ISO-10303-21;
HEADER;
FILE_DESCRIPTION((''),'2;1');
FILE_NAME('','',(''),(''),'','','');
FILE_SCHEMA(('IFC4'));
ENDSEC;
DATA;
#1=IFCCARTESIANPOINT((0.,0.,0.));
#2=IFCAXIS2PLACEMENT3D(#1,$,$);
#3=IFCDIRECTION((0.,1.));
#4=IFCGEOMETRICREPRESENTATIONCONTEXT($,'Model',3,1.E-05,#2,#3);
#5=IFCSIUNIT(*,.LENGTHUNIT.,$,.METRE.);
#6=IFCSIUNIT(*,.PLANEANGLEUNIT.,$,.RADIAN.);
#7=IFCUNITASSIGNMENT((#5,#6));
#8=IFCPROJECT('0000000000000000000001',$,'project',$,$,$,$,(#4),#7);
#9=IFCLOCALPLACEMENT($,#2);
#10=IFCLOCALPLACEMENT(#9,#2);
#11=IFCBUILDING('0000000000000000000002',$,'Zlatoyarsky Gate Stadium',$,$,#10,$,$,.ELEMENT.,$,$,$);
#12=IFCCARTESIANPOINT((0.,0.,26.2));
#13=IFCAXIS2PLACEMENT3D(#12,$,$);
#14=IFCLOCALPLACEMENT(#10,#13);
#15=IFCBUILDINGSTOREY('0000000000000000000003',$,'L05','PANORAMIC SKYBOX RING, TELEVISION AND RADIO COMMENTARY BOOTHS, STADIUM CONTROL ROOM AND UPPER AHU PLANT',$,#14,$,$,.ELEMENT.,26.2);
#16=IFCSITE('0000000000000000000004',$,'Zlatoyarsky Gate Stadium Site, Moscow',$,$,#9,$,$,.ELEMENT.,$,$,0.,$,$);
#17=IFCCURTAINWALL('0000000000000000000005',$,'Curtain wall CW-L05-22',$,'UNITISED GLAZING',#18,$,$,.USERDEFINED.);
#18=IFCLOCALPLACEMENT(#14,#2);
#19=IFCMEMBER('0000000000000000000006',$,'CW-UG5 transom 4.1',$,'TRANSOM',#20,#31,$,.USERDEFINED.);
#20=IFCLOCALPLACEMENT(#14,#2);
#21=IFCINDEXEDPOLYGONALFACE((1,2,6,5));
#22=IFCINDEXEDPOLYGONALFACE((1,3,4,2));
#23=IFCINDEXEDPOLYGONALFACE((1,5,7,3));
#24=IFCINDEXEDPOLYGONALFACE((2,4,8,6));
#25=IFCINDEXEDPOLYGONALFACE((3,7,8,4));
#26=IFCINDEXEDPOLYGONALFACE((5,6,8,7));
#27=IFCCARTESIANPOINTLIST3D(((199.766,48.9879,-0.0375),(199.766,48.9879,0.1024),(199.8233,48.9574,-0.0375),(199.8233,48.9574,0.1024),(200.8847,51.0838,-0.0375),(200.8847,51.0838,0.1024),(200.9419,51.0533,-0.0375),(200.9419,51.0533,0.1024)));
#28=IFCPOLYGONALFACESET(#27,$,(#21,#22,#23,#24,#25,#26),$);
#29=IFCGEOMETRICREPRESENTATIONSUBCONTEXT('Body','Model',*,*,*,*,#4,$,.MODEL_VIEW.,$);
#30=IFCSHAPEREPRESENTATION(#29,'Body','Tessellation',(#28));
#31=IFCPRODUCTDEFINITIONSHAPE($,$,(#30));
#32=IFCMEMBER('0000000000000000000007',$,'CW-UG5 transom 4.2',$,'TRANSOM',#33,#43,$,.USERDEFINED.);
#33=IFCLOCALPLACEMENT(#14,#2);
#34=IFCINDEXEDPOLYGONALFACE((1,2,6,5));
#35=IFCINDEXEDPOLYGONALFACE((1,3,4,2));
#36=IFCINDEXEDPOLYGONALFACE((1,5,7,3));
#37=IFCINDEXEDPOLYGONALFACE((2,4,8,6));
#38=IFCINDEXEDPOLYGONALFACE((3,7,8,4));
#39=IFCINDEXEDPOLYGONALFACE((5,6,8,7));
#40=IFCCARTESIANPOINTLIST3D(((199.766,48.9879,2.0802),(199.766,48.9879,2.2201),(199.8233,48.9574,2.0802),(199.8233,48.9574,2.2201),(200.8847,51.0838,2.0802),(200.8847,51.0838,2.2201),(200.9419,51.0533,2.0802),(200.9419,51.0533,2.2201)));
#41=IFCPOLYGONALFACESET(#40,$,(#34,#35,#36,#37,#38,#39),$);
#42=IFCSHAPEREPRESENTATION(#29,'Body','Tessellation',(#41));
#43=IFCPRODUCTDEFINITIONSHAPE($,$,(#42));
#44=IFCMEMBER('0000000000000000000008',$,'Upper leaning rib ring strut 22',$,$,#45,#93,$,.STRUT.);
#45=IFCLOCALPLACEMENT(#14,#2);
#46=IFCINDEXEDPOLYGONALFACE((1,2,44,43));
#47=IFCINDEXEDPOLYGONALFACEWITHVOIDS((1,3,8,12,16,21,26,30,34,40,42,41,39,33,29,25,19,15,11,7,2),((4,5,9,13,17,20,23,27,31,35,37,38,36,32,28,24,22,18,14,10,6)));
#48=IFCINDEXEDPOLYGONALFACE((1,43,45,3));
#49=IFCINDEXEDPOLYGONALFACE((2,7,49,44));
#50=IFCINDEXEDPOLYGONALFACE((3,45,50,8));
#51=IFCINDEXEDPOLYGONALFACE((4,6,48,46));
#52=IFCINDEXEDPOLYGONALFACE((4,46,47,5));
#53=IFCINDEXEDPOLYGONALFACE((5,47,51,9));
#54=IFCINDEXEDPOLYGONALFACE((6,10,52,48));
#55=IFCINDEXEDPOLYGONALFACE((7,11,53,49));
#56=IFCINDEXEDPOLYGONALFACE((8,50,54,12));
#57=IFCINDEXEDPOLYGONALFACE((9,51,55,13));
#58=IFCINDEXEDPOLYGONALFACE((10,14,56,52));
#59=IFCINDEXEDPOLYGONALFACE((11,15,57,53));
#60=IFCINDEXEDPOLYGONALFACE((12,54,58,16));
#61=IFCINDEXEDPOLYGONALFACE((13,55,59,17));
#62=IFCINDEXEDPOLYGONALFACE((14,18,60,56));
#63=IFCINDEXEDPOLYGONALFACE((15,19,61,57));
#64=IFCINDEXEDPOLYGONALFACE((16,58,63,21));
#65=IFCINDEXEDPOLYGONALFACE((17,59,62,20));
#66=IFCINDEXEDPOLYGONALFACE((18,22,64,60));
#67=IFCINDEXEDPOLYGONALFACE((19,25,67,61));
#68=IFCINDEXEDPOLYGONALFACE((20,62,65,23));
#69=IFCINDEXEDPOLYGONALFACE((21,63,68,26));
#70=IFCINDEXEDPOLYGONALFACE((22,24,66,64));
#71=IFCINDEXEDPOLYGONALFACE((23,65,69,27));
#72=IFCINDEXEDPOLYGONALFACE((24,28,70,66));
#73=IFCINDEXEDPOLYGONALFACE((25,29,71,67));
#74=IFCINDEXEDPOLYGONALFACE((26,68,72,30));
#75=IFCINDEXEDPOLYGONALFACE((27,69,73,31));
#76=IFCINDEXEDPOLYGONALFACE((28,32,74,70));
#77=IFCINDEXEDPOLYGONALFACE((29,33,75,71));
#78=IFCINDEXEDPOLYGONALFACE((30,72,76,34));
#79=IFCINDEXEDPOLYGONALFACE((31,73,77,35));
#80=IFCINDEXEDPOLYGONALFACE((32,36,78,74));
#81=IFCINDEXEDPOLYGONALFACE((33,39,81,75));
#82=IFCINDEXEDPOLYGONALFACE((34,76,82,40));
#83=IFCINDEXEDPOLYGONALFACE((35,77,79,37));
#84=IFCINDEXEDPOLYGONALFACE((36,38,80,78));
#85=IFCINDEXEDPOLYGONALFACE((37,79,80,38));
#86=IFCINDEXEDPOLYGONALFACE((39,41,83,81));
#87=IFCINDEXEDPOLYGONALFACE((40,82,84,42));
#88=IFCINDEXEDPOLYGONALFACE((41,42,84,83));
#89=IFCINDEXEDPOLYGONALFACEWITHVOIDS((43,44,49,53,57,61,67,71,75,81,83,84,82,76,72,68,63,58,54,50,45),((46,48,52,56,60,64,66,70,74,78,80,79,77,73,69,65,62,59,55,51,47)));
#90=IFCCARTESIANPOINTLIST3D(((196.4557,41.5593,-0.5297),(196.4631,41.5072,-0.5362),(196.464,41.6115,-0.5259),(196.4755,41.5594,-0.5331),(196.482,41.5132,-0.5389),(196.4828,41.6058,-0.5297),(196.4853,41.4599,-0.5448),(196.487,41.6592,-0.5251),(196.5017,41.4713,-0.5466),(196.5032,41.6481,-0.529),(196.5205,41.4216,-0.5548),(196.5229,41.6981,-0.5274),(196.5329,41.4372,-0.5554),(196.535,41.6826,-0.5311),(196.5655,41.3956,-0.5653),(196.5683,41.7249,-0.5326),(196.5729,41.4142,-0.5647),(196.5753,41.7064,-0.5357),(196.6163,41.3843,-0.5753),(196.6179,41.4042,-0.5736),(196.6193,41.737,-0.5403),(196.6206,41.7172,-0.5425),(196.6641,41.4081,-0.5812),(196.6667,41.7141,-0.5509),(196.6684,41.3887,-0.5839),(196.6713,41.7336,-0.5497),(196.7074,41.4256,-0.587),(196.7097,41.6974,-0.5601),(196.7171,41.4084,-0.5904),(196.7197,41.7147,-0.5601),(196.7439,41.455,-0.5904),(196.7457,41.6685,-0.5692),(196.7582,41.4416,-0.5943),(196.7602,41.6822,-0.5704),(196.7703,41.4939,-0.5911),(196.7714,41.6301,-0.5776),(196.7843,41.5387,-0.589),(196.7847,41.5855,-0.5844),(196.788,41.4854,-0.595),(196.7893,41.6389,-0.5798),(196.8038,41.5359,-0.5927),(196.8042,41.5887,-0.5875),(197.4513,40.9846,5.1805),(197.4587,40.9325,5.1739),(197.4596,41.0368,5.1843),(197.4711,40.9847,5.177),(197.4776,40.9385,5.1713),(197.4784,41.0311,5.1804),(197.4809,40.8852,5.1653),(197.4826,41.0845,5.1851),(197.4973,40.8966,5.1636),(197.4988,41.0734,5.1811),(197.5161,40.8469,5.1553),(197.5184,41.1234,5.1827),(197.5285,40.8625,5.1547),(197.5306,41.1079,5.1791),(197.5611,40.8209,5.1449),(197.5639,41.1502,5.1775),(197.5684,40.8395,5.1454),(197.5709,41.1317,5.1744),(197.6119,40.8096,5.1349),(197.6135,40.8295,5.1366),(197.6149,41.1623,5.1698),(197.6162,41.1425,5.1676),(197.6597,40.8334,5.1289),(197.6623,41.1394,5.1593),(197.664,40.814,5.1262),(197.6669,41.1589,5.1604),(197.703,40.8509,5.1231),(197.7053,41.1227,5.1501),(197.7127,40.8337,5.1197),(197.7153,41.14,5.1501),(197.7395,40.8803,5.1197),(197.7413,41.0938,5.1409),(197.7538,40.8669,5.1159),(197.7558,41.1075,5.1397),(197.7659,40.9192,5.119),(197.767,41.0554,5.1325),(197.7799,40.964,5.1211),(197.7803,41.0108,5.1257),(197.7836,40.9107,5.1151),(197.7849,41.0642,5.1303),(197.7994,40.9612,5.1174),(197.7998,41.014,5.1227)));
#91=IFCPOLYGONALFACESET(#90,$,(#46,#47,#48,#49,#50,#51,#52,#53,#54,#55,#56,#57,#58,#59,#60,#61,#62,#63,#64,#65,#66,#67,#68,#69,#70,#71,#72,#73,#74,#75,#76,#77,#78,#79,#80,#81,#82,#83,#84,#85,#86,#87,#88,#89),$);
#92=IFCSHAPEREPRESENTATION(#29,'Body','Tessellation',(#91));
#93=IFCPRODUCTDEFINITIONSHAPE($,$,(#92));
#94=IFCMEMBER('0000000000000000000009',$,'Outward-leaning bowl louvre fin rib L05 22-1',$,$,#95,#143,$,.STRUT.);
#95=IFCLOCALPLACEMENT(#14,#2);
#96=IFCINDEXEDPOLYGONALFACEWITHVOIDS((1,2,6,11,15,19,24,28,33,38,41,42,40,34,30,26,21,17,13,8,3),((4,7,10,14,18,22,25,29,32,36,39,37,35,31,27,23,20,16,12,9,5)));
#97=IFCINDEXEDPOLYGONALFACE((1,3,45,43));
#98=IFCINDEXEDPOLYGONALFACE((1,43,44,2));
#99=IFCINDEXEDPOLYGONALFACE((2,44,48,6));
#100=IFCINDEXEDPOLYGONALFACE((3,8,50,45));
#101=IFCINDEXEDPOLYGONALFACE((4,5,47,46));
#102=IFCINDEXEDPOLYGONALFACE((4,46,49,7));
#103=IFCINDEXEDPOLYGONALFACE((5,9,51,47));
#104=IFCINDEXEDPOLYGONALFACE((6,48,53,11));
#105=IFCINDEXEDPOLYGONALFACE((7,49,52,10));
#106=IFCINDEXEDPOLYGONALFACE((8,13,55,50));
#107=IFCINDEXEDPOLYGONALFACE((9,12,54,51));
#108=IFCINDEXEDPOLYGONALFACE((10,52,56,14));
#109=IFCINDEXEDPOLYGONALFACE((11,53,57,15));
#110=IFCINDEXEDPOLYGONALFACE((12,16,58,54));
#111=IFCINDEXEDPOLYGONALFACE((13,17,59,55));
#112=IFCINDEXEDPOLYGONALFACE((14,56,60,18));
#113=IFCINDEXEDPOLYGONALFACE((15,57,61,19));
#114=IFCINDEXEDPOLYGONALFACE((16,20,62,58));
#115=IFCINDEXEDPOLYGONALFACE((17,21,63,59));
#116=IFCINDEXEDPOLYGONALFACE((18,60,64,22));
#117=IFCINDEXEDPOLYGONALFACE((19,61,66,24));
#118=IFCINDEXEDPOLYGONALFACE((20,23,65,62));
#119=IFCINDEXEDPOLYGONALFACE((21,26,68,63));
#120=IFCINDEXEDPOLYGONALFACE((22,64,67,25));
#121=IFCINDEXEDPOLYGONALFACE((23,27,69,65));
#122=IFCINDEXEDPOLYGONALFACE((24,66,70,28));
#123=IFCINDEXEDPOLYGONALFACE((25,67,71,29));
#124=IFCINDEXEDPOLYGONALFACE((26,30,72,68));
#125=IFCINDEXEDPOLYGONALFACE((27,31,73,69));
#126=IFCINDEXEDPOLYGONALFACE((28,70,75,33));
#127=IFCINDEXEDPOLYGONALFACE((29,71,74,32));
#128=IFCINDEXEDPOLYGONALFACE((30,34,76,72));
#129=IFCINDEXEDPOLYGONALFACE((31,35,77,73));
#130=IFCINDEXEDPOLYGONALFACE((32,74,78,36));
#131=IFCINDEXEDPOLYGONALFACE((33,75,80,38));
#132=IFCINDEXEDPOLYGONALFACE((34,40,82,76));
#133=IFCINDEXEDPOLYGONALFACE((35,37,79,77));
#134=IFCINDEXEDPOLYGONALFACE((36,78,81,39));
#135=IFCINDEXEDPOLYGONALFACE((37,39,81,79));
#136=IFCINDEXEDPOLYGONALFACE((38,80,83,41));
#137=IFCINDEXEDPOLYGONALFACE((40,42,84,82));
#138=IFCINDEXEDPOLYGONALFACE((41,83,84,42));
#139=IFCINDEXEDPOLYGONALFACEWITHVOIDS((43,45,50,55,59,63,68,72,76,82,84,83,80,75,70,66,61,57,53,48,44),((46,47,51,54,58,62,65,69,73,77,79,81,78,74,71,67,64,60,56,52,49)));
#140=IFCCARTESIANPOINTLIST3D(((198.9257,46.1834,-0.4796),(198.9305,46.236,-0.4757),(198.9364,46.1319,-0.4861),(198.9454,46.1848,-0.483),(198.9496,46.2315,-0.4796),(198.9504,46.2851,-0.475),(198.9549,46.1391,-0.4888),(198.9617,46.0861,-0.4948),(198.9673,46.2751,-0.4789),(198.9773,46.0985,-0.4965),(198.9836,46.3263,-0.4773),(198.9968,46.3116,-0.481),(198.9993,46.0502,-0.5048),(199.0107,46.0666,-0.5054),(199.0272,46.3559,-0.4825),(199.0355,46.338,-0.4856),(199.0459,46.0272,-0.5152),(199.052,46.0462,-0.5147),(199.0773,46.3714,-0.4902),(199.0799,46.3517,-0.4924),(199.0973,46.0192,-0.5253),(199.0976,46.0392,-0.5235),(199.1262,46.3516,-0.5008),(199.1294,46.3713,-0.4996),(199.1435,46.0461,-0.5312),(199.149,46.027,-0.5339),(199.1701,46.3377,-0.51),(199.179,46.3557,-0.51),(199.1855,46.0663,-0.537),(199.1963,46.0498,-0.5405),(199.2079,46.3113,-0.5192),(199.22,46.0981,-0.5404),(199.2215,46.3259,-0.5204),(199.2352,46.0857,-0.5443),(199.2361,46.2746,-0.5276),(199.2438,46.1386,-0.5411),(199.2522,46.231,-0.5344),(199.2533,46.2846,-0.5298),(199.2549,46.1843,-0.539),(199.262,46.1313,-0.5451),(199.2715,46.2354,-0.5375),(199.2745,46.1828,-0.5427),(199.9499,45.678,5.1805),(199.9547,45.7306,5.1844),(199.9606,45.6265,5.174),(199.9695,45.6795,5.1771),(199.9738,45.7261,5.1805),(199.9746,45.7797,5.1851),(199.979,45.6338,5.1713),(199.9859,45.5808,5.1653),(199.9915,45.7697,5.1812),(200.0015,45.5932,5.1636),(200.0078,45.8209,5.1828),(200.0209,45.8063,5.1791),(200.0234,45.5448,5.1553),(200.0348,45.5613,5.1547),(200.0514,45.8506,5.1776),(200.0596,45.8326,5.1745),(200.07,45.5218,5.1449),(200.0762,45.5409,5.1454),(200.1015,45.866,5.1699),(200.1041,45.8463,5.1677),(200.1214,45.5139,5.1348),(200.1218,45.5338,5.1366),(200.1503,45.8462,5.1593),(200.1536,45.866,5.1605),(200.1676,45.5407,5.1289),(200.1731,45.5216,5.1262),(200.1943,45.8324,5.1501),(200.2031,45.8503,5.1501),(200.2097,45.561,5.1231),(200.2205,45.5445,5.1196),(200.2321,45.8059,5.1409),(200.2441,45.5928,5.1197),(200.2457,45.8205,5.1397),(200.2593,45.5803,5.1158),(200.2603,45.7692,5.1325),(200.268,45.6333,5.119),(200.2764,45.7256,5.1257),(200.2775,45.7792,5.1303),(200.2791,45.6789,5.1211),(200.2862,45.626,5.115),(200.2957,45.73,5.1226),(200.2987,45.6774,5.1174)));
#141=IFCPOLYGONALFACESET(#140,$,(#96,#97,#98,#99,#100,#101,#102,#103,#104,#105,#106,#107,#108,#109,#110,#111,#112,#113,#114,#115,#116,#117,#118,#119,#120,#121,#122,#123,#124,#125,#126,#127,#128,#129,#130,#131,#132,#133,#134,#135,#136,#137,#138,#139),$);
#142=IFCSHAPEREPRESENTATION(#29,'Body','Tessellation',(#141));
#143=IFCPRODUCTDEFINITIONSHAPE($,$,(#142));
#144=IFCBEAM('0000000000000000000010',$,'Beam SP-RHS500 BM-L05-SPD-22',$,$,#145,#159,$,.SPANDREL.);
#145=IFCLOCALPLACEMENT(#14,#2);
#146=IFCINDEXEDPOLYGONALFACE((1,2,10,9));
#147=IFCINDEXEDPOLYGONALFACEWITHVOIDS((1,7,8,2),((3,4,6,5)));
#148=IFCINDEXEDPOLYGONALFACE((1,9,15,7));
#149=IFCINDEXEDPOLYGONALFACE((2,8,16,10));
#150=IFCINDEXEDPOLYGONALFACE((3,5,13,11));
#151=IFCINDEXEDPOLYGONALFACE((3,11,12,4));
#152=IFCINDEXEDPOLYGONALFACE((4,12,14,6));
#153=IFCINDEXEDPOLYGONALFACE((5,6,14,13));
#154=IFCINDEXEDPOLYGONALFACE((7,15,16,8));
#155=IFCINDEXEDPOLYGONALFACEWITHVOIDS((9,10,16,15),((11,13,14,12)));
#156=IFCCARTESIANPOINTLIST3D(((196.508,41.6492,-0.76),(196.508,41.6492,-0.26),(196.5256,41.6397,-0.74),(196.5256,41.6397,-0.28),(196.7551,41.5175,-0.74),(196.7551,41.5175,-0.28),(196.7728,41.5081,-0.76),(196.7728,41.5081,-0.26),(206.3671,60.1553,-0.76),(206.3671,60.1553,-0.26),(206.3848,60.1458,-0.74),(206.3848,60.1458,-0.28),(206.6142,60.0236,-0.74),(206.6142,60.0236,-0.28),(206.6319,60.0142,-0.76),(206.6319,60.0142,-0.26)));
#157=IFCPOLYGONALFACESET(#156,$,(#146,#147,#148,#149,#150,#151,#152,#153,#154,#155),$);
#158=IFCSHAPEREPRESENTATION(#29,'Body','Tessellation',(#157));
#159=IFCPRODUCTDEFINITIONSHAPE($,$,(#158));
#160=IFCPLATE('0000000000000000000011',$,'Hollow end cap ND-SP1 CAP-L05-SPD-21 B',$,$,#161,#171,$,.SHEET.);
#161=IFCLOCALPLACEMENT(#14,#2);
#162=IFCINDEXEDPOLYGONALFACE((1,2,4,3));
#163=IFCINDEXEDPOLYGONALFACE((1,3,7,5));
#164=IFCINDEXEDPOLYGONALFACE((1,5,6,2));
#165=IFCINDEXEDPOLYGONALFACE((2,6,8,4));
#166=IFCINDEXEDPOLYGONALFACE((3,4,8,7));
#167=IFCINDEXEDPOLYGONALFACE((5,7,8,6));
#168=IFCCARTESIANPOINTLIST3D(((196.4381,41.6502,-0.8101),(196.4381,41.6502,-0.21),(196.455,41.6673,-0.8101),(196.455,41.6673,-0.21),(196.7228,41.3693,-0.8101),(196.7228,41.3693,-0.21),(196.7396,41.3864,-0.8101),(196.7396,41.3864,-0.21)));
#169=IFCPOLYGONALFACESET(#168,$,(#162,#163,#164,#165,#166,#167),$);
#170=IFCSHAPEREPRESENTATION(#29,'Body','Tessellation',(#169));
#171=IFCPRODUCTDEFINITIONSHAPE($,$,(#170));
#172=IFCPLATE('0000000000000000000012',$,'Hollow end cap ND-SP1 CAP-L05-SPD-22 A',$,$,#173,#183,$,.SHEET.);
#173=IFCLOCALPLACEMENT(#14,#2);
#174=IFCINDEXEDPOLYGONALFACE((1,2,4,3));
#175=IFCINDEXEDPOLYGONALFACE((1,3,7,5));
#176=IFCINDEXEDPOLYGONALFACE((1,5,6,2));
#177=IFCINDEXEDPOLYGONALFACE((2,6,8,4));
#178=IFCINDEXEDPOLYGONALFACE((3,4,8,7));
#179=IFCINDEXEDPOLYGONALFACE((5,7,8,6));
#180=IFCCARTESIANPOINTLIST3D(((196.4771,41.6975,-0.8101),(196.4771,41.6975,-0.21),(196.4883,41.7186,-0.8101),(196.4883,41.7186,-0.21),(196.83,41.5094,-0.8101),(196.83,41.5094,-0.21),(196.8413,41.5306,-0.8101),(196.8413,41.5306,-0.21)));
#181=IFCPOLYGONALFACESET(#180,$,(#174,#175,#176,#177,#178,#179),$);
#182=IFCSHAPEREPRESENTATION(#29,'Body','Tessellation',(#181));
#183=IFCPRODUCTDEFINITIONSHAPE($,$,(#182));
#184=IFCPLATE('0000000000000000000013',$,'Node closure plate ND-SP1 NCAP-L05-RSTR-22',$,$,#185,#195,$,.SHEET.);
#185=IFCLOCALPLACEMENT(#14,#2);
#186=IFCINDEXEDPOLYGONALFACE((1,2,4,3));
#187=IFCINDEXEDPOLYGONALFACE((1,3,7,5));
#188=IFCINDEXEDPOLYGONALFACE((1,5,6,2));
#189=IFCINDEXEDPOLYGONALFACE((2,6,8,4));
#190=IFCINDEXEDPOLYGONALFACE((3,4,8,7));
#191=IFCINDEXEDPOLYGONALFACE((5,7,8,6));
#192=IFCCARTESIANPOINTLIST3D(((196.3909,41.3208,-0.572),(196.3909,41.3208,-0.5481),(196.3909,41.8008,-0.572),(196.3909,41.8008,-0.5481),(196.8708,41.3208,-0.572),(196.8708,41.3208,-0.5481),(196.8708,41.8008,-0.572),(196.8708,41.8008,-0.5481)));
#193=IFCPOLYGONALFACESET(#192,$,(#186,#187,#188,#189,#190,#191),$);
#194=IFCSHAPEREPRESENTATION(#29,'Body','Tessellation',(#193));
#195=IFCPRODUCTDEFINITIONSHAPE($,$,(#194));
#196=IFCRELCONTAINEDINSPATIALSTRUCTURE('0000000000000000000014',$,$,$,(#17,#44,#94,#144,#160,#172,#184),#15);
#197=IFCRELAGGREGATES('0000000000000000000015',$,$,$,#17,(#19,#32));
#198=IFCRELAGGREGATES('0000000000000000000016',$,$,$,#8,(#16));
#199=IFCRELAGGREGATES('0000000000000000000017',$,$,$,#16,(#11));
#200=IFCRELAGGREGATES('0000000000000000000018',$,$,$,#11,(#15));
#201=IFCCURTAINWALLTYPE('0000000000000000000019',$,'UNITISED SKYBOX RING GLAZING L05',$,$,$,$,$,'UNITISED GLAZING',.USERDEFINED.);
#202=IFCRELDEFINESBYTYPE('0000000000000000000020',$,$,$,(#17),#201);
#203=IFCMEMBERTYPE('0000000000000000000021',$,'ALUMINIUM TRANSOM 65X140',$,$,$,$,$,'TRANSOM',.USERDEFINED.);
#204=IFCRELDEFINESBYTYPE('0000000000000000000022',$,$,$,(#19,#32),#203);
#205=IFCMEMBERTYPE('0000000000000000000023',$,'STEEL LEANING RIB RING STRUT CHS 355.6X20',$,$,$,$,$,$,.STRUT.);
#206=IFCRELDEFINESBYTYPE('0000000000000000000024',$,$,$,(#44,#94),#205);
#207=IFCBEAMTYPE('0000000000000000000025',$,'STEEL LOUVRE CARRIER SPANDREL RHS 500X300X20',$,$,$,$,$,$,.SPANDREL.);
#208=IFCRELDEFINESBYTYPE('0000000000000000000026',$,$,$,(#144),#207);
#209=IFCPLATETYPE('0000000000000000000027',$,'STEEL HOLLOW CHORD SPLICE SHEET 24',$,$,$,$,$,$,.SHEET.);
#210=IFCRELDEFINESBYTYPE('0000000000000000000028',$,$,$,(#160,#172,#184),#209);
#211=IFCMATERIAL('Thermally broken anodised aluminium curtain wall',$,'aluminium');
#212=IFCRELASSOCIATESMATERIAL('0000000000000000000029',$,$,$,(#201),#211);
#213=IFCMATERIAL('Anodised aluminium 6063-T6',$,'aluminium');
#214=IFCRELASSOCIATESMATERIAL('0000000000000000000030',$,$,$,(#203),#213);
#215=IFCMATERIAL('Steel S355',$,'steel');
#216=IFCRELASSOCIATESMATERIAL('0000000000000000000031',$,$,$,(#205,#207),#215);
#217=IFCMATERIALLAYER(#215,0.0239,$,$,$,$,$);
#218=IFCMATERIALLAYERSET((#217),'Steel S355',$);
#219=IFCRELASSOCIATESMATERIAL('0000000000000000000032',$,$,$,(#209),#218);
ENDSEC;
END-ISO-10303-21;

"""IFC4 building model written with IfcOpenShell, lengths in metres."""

from ifc_helpers import new_model, si_unit, direction, frame, origin, origin_2d, place, context, subcontext, project, spatial, rectangle, hollow_rectangle, hollow_circle, extrude, material, layer, layer_set, material_profile, profile_set, type_object, element, aggregate, save


model = new_model("IFC4")

# Units and contexts
model_context = context("Model", 3, precision=1e-05, world=origin(), true_north=direction((0.0, 1.0)))
body_context = subcontext(model_context, "Body", "Model", "MODEL_VIEW")
ifc_project = project(units=[si_unit("LENGTHUNIT", "METRE"), si_unit("PLANEANGLEUNIT", "RADIAN")], contexts=[model_context])

# Site, building, storey
site_placement = place(None, origin())
site = spatial("IfcSite", under=ifc_project, at=site_placement, Name="Zlatoyarsky Gate Stadium Site, Moscow", CompositionType="ELEMENT", RefElevation=0.0)
building_placement = place(site_placement, origin())
building = spatial("IfcBuilding", under=site, at=building_placement, Name="Zlatoyarsky Gate Stadium", CompositionType="ELEMENT")
storey_placement = place(building_placement, frame((0.0, 0.0, 26.2)))
storey = spatial("IfcBuildingStorey", under=building, at=storey_placement, Name="L05", Description="PANORAMIC SKYBOX RING, TELEVISION AND RADIO COMMENTARY BOOTHS, STADIUM CONTROL ROOM AND UPPER AHU PLANT", CompositionType="ELEMENT", Elevation=26.2)

# Shared definitions
ifc_material_1 = material(Name="Thermally broken anodised aluminium curtain wall", Category="aluminium")
curtain_wall_type = type_object("IfcCurtainWallType", Name="UNITISED SKYBOX RING GLAZING L05", ElementType="UNITISED GLAZING", PredefinedType="USERDEFINED", material=ifc_material_1)
ifc_material_2 = material(Name="Anodised aluminium 6063-T6", Category="aluminium")

# Curtain wall, members
curtain_wall_1_placement = place(storey_placement, origin())
curtain_wall_1 = element("IfcCurtainWall", 1, at=curtain_wall_1_placement, inside=storey, type_object=curtain_wall_type, Name="Curtain wall CW-L05-22", ObjectType="UNITISED GLAZING", PredefinedType="USERDEFINED")
ifc_material_profile_1 = material_profile(ifc_material_2, rectangle(XDim=0.0649, YDim=0.1399, at=origin_2d()), Name="ALU 65X140")
ifc_profile_set_1 = profile_set([ifc_material_profile_1], Name="Anodised aluminium 6063-T6")
member_type_1 = type_object("IfcMemberType", Name="ALUMINIUM TRANSOM 65X140", ElementType="TRANSOM", PredefinedType="USERDEFINED", material=ifc_profile_set_1)
member_1_placement = place(storey_placement, frame((199.7947, 48.9727, 0.0325), z_axis=(0.470855, 0.882211, 0.0), x_axis=(-0.882211, 0.470855, 0.0)))
member_1 = element("IfcMember", 2, at=member_1_placement, type_object=member_type_1, Name="CW-UG5 transom 4.1", ObjectType="TRANSOM", PredefinedType="USERDEFINED", context=body_context, shape_type="SweptSolid", body=[
    extrude(rectangle(XDim=0.0649, YDim=0.1399, at=origin_2d()), origin(), (0.0, 0.0, 1.0), 2.3757),
])
member_2_placement = place(storey_placement, frame((199.7947, 48.9727, 2.1501), z_axis=(0.470855, 0.882211, 0.0), x_axis=(-0.882211, 0.470855, 0.0)))
member_2 = element("IfcMember", 3, at=member_2_placement, type_object=member_type_1, Name="CW-UG5 transom 4.2", ObjectType="TRANSOM", PredefinedType="USERDEFINED", context=body_context, shape_type="SweptSolid", body=[
    extrude(rectangle(XDim=0.0649, YDim=0.1399, at=origin_2d()), origin(), (0.0, 0.0, 1.0), 2.3757),
])

# Members
ifc_material_3 = material(Name="Steel S355", Category="steel")
ifc_material_profile_2 = material_profile(ifc_material_3, hollow_circle(Radius=0.1777, WallThickness=0.02, at=origin_2d()), Name="CHS 355.6X20")
ifc_profile_set_2 = profile_set([ifc_material_profile_2], Name="Steel S355")
member_type_2 = type_object("IfcMemberType", Name="STEEL LEANING RIB RING STRUT CHS 355.6X20", PredefinedType="STRUT", material=ifc_profile_set_2)
member_3_placement = place(storey_placement, frame((196.6309, 41.5608, -0.5601), z_axis=(0.170926, -0.098666, 0.980331), x_axis=(0.499931, 0.866065, 0.0)))
element("IfcMember", 4, at=member_3_placement, inside=storey, type_object=member_type_2, Name="Upper leaning rib ring strut 22", PredefinedType="STRUT", context=body_context, shape_type="SweptSolid", body=[
    extrude(hollow_circle(Radius=0.1777, WallThickness=0.02, at=origin_2d()), origin(), (0.0, 0.0, 1.0), 5.8247),
])
member_4_placement = place(storey_placement, frame((199.1003, 46.1963, -0.51), z_axis=(0.177369, -0.087522, 0.980245), x_axis=(0.442504, 0.896766, 0.0)))
element("IfcMember", 5, at=member_4_placement, inside=storey, type_object=member_type_2, Name="Outward-leaning bowl louvre fin rib L05 22-1", PredefinedType="STRUT", context=body_context, shape_type="SweptSolid", body=[
    extrude(hollow_circle(Radius=0.1777, WallThickness=0.02, at=origin_2d()), origin(), (0.0, 0.0, 1.0), 5.7742),
])

# Beam
ifc_material_profile_3 = material_profile(ifc_material_3, hollow_rectangle(XDim=0.3, YDim=0.5, WallThickness=0.02, at=origin_2d()), Name="RHS 500X300X20")
ifc_profile_set_3 = profile_set([ifc_material_profile_3], Name="Steel S355")
beam_type = type_object("IfcBeamType", Name="STEEL LOUVRE CARRIER SPANDREL RHS 500X300X20", PredefinedType="SPANDREL", material=ifc_profile_set_3)
beam_placement = place(storey_placement, frame((196.6404, 41.5786, -0.51), z_axis=(0.470188, 0.882567, 0.0), x_axis=(-0.882567, 0.470188, 0.0)))
element("IfcBeam", 6, at=beam_placement, inside=storey, type_object=beam_type, Name="Beam SP-RHS500 BM-L05-SPD-22", PredefinedType="SPANDREL", context=body_context, shape_type="SweptSolid", body=[
    extrude(hollow_rectangle(XDim=0.3, YDim=0.5, WallThickness=0.02, at=origin_2d()), origin(), (0.0, 0.0, 1.0), 20.9685),
])

# Plates
ifc_layer_1 = layer(ifc_material_3, 0.0239)
ifc_layer_set_1 = layer_set([ifc_layer_1], Name="Steel S355")
plate_type_1 = type_object("IfcPlateType", Name="STEEL HOLLOW CHORD SPLICE SHEET 24", PredefinedType="SHEET", material=ifc_layer_set_1)
for number, where, z_axis, x_axis, name in (
    (7, (196.5889, 41.5183, -0.8101), (0.0, 0.0, 1.0), (0.702433, 0.711749, 0.0), "Hollow end cap ND-SP1 CAP-L05-SPD-21 B"),
    (8, (196.6592, 41.614, -0.8101), (0.0, 0.0, 1.0), (0.470186, 0.882567, 0.0), "Hollow end cap ND-SP1 CAP-L05-SPD-22 A"),
):
    element("IfcPlate", number, at=place(storey_placement, frame(where, z_axis=z_axis, x_axis=x_axis)), inside=storey, type_object=plate_type_1, Name=name, PredefinedType="SHEET", context=body_context, shape_type="SweptSolid", body=[
        extrude(rectangle(XDim=0.0239, YDim=0.3999, at=origin_2d()), origin(), (0.0, 0.0, 1.0), 0.6001),
    ])
plate_1_placement = place(storey_placement, frame((196.6309, 41.5608, -0.572), z_axis=(0.0, 0.0, 1.0), x_axis=(1.0, 0.0, 0.0)))
element("IfcPlate", 9, at=plate_1_placement, inside=storey, type_object=plate_type_1, Name="Node closure plate ND-SP1 NCAP-L05-RSTR-22", PredefinedType="SHEET", context=body_context, shape_type="SweptSolid", body=[
    extrude(rectangle(XDim=0.48, YDim=0.48, at=origin_2d()), origin(), (0.0, 0.0, 1.0), 0.0239),
])

aggregate(curtain_wall_1, [member_1, member_2])

save(model, "model.ifc")
